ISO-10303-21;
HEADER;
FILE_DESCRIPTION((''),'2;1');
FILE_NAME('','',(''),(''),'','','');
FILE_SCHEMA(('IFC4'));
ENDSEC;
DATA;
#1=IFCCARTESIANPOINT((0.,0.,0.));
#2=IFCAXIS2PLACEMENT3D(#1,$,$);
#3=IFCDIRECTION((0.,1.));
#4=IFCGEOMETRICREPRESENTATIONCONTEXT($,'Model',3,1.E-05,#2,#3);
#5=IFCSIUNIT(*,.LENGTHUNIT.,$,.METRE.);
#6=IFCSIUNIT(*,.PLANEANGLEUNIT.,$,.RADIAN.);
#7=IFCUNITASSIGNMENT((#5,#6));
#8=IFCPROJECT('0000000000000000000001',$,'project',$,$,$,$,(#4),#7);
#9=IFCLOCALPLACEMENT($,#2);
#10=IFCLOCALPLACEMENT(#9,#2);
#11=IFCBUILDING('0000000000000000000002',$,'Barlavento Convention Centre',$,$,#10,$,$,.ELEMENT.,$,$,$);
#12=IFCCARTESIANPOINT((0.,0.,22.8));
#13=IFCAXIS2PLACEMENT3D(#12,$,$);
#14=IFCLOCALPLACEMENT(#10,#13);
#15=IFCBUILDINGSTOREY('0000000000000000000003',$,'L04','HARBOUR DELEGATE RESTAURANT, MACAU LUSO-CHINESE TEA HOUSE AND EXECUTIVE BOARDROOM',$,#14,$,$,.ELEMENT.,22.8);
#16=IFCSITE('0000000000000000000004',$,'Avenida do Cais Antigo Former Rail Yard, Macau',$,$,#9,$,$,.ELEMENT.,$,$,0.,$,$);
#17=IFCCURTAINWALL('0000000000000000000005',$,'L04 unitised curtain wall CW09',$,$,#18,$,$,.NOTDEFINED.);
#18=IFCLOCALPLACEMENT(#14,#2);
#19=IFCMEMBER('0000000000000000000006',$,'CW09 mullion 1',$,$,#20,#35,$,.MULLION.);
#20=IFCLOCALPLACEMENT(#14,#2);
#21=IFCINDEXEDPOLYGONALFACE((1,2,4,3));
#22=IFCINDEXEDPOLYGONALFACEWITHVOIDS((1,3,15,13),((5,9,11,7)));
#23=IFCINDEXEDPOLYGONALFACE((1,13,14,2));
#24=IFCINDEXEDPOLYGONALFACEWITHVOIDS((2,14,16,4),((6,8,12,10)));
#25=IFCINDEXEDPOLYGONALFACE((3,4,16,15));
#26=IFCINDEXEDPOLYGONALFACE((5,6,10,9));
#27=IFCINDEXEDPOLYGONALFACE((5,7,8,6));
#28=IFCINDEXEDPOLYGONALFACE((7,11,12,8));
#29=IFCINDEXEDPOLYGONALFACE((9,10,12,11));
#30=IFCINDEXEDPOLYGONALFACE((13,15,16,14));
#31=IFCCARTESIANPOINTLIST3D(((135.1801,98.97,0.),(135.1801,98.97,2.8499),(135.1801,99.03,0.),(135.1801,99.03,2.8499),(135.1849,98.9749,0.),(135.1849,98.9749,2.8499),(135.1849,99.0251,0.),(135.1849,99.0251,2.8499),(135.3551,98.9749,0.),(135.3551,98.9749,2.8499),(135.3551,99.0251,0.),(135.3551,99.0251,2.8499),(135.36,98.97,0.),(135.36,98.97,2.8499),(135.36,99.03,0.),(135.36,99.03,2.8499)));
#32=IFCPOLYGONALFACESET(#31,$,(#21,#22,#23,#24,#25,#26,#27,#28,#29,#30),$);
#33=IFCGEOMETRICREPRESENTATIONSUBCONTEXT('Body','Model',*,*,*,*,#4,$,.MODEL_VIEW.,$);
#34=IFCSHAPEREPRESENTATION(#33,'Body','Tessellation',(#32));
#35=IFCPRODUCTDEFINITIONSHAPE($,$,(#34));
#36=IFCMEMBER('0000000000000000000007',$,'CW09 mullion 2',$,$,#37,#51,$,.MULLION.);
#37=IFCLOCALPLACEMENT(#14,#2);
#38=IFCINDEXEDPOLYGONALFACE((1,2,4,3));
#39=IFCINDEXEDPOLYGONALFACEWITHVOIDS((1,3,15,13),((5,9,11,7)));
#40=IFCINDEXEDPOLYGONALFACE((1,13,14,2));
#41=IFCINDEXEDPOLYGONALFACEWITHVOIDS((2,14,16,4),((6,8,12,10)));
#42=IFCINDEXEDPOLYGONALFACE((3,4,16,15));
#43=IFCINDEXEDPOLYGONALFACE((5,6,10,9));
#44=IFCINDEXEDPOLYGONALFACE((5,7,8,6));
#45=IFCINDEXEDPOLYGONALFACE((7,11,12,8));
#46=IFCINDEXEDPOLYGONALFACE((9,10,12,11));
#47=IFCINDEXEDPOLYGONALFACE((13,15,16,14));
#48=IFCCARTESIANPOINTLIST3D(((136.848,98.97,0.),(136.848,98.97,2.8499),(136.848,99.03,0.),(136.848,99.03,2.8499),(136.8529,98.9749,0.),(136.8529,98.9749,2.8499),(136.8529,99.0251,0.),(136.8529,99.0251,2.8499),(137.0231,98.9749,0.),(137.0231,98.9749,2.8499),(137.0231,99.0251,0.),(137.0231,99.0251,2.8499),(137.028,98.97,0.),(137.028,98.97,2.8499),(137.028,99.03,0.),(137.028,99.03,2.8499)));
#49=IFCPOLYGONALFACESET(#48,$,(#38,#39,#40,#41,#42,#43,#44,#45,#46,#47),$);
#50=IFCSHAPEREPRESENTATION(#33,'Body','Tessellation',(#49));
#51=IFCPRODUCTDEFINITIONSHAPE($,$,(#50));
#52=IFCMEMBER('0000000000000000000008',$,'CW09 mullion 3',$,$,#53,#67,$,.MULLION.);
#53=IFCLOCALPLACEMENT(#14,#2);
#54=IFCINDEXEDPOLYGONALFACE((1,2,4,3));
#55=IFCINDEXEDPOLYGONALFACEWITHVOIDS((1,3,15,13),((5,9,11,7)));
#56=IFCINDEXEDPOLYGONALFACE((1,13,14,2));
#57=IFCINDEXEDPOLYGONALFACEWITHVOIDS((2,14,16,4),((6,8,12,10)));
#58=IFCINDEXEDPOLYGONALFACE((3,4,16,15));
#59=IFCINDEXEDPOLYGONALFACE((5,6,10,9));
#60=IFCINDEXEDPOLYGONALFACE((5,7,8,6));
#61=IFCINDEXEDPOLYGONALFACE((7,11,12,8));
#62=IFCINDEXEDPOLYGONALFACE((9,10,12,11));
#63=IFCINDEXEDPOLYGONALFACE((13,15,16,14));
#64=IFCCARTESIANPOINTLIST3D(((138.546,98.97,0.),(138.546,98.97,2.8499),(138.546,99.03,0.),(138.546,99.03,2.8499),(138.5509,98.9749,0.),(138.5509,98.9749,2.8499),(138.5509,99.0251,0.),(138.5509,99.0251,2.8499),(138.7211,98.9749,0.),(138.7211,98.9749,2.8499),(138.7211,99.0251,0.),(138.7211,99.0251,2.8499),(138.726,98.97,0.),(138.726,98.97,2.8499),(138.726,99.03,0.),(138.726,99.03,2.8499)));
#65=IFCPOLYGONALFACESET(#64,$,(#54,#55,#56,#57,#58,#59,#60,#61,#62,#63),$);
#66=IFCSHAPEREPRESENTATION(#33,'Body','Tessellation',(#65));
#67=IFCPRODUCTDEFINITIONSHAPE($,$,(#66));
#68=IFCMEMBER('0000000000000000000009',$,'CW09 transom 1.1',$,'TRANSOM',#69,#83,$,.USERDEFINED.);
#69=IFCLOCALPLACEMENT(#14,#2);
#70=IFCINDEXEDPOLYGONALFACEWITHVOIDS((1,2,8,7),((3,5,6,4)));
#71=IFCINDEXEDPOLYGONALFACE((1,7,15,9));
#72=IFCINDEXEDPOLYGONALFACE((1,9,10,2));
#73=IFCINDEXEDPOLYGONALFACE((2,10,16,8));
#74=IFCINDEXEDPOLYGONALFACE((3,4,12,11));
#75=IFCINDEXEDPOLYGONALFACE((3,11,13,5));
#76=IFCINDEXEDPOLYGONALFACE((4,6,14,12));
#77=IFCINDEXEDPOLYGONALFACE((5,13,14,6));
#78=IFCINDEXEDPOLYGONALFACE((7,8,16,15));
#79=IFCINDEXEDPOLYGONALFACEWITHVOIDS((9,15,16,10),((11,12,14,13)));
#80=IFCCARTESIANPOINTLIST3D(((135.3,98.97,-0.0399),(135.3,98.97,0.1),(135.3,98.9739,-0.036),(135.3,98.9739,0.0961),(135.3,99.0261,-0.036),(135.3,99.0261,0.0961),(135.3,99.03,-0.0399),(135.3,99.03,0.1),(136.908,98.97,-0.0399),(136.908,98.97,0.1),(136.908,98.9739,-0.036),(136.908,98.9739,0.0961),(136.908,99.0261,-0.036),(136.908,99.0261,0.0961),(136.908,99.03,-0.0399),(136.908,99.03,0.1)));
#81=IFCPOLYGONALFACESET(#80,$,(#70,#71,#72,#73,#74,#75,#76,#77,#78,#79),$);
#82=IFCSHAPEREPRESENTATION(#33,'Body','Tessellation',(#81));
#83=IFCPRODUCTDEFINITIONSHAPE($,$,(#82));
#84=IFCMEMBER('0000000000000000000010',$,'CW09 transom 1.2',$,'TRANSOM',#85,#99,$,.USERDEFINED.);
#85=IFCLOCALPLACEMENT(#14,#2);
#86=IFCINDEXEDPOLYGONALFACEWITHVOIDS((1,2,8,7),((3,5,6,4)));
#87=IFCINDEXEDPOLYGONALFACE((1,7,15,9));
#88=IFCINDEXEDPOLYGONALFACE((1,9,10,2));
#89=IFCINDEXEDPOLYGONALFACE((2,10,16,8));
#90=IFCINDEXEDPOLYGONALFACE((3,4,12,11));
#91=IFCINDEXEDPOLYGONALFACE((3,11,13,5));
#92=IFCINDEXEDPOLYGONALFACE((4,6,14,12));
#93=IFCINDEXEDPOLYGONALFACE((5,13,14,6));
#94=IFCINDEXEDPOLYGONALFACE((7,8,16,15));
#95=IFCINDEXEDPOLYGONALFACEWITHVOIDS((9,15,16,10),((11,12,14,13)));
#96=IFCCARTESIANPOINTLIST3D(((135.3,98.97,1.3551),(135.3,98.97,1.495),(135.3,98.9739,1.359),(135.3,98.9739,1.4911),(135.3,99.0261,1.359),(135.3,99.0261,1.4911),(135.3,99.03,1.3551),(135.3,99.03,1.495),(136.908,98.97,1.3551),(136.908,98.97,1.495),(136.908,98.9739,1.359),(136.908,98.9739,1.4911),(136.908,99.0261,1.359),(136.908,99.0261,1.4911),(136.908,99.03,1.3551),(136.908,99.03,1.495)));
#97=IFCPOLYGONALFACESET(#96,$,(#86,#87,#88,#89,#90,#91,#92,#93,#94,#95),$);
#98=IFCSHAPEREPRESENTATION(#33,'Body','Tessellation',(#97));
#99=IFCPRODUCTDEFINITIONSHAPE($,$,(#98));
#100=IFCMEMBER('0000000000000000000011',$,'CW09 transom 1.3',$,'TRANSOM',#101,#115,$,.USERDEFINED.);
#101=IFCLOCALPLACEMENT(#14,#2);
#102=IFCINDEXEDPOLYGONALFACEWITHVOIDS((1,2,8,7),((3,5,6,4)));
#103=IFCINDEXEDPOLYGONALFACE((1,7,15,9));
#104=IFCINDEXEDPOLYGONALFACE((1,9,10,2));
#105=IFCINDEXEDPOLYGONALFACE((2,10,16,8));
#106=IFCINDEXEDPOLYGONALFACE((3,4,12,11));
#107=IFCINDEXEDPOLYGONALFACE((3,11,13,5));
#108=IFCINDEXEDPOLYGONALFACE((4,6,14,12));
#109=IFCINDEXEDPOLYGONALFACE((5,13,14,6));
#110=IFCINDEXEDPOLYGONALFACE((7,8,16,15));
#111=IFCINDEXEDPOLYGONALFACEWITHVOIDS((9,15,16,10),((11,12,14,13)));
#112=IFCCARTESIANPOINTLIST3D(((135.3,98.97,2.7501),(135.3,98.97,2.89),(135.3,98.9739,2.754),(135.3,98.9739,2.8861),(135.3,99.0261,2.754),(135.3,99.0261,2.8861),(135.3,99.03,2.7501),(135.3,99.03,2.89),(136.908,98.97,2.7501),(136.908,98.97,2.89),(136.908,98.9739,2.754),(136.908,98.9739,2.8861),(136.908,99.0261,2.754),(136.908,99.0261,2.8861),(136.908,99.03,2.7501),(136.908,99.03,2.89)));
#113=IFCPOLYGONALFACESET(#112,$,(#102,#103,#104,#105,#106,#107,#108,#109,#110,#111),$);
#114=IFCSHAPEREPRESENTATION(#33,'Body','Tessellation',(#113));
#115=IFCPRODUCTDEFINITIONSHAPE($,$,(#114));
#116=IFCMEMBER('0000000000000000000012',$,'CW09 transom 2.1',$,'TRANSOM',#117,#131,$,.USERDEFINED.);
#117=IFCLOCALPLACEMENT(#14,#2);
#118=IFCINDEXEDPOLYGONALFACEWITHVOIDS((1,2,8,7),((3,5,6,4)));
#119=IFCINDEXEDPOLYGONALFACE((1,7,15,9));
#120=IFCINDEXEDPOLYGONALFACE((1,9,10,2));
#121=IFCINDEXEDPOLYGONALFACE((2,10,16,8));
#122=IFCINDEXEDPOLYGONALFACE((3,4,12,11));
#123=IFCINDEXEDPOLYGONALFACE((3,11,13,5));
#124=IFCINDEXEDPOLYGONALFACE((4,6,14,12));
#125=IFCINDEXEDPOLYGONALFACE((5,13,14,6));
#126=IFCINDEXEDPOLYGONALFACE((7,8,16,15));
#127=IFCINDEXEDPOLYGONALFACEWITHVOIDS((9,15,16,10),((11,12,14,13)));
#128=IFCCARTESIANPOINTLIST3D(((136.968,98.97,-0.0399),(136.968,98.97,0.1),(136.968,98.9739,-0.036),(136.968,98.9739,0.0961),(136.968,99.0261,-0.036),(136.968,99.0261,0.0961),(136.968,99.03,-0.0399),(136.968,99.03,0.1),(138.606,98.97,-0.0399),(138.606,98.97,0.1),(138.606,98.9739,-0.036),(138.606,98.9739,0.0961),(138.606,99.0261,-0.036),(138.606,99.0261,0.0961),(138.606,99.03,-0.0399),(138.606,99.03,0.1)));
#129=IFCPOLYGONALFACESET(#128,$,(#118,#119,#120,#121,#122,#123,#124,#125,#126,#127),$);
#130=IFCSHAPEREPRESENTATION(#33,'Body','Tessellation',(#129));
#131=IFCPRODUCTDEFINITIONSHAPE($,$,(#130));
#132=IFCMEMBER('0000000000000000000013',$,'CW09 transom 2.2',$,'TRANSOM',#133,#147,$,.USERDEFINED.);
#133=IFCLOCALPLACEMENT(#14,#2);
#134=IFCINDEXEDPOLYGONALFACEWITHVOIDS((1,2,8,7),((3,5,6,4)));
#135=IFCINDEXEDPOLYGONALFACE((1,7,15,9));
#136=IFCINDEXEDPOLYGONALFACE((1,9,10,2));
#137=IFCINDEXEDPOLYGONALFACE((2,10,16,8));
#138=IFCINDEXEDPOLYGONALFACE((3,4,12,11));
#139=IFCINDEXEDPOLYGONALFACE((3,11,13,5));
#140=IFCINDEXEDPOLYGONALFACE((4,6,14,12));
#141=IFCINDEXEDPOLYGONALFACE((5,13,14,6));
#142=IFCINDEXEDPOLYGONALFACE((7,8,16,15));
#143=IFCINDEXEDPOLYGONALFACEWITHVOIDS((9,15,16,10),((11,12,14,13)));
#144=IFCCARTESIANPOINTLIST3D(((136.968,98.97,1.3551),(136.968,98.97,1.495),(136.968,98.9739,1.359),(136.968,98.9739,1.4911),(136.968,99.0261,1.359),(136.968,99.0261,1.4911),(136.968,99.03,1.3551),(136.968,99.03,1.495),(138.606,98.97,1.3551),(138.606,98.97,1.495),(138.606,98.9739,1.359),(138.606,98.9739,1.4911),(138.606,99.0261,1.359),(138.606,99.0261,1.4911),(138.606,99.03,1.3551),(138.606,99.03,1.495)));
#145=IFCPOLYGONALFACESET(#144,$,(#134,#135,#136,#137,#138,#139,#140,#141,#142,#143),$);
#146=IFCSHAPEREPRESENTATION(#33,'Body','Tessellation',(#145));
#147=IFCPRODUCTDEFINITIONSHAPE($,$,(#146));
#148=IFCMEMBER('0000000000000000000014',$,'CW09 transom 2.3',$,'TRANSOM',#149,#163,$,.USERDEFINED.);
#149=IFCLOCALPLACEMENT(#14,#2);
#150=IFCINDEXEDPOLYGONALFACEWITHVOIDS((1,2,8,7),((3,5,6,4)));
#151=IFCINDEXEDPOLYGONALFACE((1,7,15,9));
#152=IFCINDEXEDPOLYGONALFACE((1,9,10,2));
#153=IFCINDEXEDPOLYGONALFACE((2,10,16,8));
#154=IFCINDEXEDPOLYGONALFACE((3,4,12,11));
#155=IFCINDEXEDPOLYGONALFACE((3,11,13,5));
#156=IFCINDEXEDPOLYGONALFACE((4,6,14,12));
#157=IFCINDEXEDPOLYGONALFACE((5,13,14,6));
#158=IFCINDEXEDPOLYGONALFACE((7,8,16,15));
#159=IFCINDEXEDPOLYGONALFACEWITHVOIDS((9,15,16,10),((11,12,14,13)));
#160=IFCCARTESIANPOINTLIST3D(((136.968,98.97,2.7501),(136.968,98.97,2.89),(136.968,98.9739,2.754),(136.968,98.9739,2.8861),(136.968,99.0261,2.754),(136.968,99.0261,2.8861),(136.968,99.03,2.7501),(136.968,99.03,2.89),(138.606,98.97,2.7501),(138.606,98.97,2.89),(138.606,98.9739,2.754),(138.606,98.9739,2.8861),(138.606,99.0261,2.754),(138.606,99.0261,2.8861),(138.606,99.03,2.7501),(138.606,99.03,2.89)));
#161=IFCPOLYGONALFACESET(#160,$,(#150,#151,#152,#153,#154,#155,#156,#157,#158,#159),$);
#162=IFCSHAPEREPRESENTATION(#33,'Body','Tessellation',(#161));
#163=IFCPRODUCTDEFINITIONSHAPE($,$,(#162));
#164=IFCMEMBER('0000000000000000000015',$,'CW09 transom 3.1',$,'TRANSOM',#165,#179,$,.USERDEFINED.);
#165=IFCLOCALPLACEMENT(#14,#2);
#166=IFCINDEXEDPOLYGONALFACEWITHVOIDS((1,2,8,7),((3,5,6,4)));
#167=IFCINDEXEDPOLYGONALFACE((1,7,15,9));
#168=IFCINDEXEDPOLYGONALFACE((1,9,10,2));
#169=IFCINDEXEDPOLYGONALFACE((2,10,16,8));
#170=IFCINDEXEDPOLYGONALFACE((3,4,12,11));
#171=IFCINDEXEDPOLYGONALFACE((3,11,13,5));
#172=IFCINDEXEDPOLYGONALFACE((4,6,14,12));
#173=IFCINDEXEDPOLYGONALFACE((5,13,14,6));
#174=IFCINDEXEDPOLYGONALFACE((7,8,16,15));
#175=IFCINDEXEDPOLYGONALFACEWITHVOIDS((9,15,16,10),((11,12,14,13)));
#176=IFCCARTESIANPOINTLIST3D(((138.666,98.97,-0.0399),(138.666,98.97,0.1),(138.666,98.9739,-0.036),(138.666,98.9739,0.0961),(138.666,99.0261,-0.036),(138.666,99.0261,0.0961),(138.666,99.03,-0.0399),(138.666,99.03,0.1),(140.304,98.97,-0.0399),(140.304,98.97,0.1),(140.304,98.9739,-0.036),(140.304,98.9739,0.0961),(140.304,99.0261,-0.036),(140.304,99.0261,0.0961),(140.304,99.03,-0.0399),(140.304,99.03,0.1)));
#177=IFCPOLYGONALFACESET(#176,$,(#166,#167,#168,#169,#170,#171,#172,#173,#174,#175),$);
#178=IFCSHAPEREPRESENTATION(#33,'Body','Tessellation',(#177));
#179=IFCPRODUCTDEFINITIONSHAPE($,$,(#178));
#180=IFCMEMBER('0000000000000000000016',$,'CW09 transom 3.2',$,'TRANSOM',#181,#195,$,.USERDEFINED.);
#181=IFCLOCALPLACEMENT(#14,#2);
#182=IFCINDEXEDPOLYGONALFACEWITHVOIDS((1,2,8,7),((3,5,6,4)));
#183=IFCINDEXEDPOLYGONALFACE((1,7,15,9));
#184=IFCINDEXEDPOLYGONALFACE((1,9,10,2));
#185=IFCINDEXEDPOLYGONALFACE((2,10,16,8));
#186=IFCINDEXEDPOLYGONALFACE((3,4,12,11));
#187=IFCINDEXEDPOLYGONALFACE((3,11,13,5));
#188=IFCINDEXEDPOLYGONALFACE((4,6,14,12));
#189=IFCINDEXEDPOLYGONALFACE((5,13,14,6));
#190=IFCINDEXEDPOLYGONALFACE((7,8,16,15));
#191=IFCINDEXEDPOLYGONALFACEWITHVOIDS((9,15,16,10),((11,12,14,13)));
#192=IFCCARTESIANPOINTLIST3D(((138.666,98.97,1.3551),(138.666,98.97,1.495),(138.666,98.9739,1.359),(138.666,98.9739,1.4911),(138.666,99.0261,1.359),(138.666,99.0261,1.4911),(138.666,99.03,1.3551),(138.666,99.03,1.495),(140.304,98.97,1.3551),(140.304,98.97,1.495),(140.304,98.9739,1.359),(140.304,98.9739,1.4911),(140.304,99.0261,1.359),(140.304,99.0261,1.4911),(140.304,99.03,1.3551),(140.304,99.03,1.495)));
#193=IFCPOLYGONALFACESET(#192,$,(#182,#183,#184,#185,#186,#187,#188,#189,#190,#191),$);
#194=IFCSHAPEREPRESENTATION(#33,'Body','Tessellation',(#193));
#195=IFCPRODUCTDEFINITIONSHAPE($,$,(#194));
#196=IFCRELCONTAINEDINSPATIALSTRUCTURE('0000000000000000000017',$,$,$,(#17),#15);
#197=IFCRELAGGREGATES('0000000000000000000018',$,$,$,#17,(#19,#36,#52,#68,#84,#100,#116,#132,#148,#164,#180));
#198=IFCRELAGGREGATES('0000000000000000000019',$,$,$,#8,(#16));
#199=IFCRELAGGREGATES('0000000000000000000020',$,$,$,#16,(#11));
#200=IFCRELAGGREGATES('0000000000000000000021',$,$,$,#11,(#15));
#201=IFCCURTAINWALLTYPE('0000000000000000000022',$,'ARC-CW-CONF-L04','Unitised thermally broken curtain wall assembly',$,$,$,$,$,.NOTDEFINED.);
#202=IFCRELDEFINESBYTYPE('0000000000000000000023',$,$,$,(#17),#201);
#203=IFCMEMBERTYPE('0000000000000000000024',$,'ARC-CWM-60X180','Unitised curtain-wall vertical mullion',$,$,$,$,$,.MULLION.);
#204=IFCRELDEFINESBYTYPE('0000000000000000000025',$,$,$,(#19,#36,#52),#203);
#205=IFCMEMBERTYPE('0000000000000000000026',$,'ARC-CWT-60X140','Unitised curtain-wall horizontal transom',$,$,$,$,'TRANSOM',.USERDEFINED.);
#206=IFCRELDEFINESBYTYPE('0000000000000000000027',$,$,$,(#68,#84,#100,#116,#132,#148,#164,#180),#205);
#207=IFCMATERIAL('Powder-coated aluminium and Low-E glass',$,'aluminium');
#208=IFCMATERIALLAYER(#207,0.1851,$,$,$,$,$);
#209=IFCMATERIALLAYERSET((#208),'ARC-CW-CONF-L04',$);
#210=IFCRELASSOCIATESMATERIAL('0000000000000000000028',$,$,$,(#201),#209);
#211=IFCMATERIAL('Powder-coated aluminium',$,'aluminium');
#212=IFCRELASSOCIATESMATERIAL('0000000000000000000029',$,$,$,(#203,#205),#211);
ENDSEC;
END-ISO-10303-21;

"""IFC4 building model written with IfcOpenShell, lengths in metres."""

from ifc_helpers import new_model, si_unit, direction, frame, origin, origin_2d, place, context, subcontext, project, spatial, hollow_rectangle, extrude, material, layer, layer_set, material_profile, profile_set, type_object, element, aggregate, save


model = new_model("IFC4")

# Units and contexts
model_context = context("Model", 3, precision=1e-05, world=origin(), true_north=direction((0.0, 1.0)))
body_context = subcontext(model_context, "Body", "Model", "MODEL_VIEW")
ifc_project = project(units=[si_unit("LENGTHUNIT", "METRE"), si_unit("PLANEANGLEUNIT", "RADIAN")], contexts=[model_context])

# Site, building, storey
site_placement = place(None, origin())
site = spatial("IfcSite", under=ifc_project, at=site_placement, Name="Avenida do Cais Antigo Former Rail Yard, Macau", CompositionType="ELEMENT", RefElevation=0.0)
building_placement = place(site_placement, origin())
building = spatial("IfcBuilding", under=site, at=building_placement, Name="Barlavento Convention Centre", CompositionType="ELEMENT")
storey_placement = place(building_placement, frame((0.0, 0.0, 22.8)))
storey = spatial("IfcBuildingStorey", under=building, at=storey_placement, Name="L04", Description="HARBOUR DELEGATE RESTAURANT, MACAU LUSO-CHINESE TEA HOUSE AND EXECUTIVE BOARDROOM", CompositionType="ELEMENT", Elevation=22.8)

# Curtain wall, members
ifc_material_1 = material(Name="Powder-coated aluminium and Low-E glass", Category="aluminium")
ifc_layer_1 = layer(ifc_material_1, 0.1851)
ifc_layer_set_1 = layer_set([ifc_layer_1], Name="ARC-CW-CONF-L04")
curtain_wall_type = type_object("IfcCurtainWallType", Name="ARC-CW-CONF-L04", Description="Unitised thermally broken curtain wall assembly", PredefinedType="NOTDEFINED", material=ifc_layer_set_1)
curtain_wall_placement = place(storey_placement, origin())
curtain_wall = element("IfcCurtainWall", 1, at=curtain_wall_placement, inside=storey, type_object=curtain_wall_type, Name="L04 unitised curtain wall CW09", PredefinedType="NOTDEFINED")
ifc_material_2 = material(Name="Powder-coated aluminium", Category="aluminium")
ifc_material_profile_1 = material_profile(ifc_material_2, hollow_rectangle(XDim=0.0601, YDim=0.1799, WallThickness=0.0049, at=origin_2d()), Name="AL-MULL 60x180x5")
ifc_profile_set_1 = profile_set([ifc_material_profile_1], Name="Powder-coated aluminium")
member_type_1 = type_object("IfcMemberType", Name="ARC-CWM-60X180", Description="Unitised curtain-wall vertical mullion", PredefinedType="MULLION", material=ifc_profile_set_1)
member_1_placement = place(storey_placement, frame((135.27, 99.0, 0.0), z_axis=(0.0, 0.0, 1.0), x_axis=(0.0, 1.0, 0.0)))
member_1 = element("IfcMember", 2, at=member_1_placement, type_object=member_type_1, Name="CW09 mullion 1", PredefinedType="MULLION", context=body_context, shape_type="SweptSolid", body=[
    extrude(hollow_rectangle(XDim=0.0601, YDim=0.1799, WallThickness=0.0049, at=origin_2d()), origin(), (0.0, 0.0, 1.0), 2.8499),
])
member_2_placement = place(storey_placement, frame((136.938, 99.0, 0.0), z_axis=(0.0, 0.0, 1.0), x_axis=(0.0, 1.0, 0.0)))
member_2 = element("IfcMember", 3, at=member_2_placement, type_object=member_type_1, Name="CW09 mullion 2", PredefinedType="MULLION", context=body_context, shape_type="SweptSolid", body=[
    extrude(hollow_rectangle(XDim=0.0601, YDim=0.1799, WallThickness=0.0049, at=origin_2d()), origin(), (0.0, 0.0, 1.0), 2.8499),
])
member_3_placement = place(storey_placement, frame((138.636, 99.0, 0.0), z_axis=(0.0, 0.0, 1.0), x_axis=(0.0, 1.0, 0.0)))
member_3 = element("IfcMember", 4, at=member_3_placement, type_object=member_type_1, Name="CW09 mullion 3", PredefinedType="MULLION", context=body_context, shape_type="SweptSolid", body=[
    extrude(hollow_rectangle(XDim=0.0601, YDim=0.1799, WallThickness=0.0049, at=origin_2d()), origin(), (0.0, 0.0, 1.0), 2.8499),
])
ifc_material_profile_2 = material_profile(ifc_material_2, hollow_rectangle(XDim=0.0601, YDim=0.1399, WallThickness=0.0039, at=origin_2d()), Name="AL-TRAN 60x140x4")
ifc_profile_set_2 = profile_set([ifc_material_profile_2], Name="Powder-coated aluminium")
member_type_2 = type_object("IfcMemberType", Name="ARC-CWT-60X140", Description="Unitised curtain-wall horizontal transom", ElementType="TRANSOM", PredefinedType="USERDEFINED", material=ifc_profile_set_2)
member_4_placement = place(storey_placement, frame((135.3, 99.0, 0.03), z_axis=(1.0, 0.0, 0.0), x_axis=(0.0, 1.0, 0.0)))
member_4 = element("IfcMember", 5, at=member_4_placement, type_object=member_type_2, Name="CW09 transom 1.1", ObjectType="TRANSOM", PredefinedType="USERDEFINED", context=body_context, shape_type="SweptSolid", body=[
    extrude(hollow_rectangle(XDim=0.0601, YDim=0.1399, WallThickness=0.0039, at=origin_2d()), origin(), (0.0, 0.0, 1.0), 1.6079),
])
member_5_placement = place(storey_placement, frame((135.3, 99.0, 1.425), z_axis=(1.0, 0.0, 0.0), x_axis=(0.0, 1.0, 0.0)))
member_5 = element("IfcMember", 6, at=member_5_placement, type_object=member_type_2, Name="CW09 transom 1.2", ObjectType="TRANSOM", PredefinedType="USERDEFINED", context=body_context, shape_type="SweptSolid", body=[
    extrude(hollow_rectangle(XDim=0.0601, YDim=0.1399, WallThickness=0.0039, at=origin_2d()), origin(), (0.0, 0.0, 1.0), 1.6079),
])
member_6_placement = place(storey_placement, frame((135.3, 99.0, 2.8201), z_axis=(1.0, 0.0, 0.0), x_axis=(0.0, 1.0, 0.0)))
member_6 = element("IfcMember", 7, at=member_6_placement, type_object=member_type_2, Name="CW09 transom 1.3", ObjectType="TRANSOM", PredefinedType="USERDEFINED", context=body_context, shape_type="SweptSolid", body=[
    extrude(hollow_rectangle(XDim=0.0601, YDim=0.1399, WallThickness=0.0039, at=origin_2d()), origin(), (0.0, 0.0, 1.0), 1.6079),
])
member_7_placement = place(storey_placement, frame((136.968, 99.0, 0.03), z_axis=(1.0, 0.0, 0.0), x_axis=(0.0, 1.0, 0.0)))
member_7 = element("IfcMember", 8, at=member_7_placement, type_object=member_type_2, Name="CW09 transom 2.1", ObjectType="TRANSOM", PredefinedType="USERDEFINED", context=body_context, shape_type="SweptSolid", body=[
    extrude(hollow_rectangle(XDim=0.0601, YDim=0.1399, WallThickness=0.0039, at=origin_2d()), origin(), (0.0, 0.0, 1.0), 1.6379),
])
member_8_placement = place(storey_placement, frame((136.968, 99.0, 1.425), z_axis=(1.0, 0.0, 0.0), x_axis=(0.0, 1.0, 0.0)))
member_8 = element("IfcMember", 9, at=member_8_placement, type_object=member_type_2, Name="CW09 transom 2.2", ObjectType="TRANSOM", PredefinedType="USERDEFINED", context=body_context, shape_type="SweptSolid", body=[
    extrude(hollow_rectangle(XDim=0.0601, YDim=0.1399, WallThickness=0.0039, at=origin_2d()), origin(), (0.0, 0.0, 1.0), 1.6379),
])
member_9_placement = place(storey_placement, frame((136.968, 99.0, 2.8201), z_axis=(1.0, 0.0, 0.0), x_axis=(0.0, 1.0, 0.0)))
member_9 = element("IfcMember", 10, at=member_9_placement, type_object=member_type_2, Name="CW09 transom 2.3", ObjectType="TRANSOM", PredefinedType="USERDEFINED", context=body_context, shape_type="SweptSolid", body=[
    extrude(hollow_rectangle(XDim=0.0601, YDim=0.1399, WallThickness=0.0039, at=origin_2d()), origin(), (0.0, 0.0, 1.0), 1.6379),
])
member_10_placement = place(storey_placement, frame((138.666, 99.0, 0.03), z_axis=(1.0, 0.0, 0.0), x_axis=(0.0, 1.0, 0.0)))
member_10 = element("IfcMember", 11, at=member_10_placement, type_object=member_type_2, Name="CW09 transom 3.1", ObjectType="TRANSOM", PredefinedType="USERDEFINED", context=body_context, shape_type="SweptSolid", body=[
    extrude(hollow_rectangle(XDim=0.0601, YDim=0.1399, WallThickness=0.0039, at=origin_2d()), origin(), (0.0, 0.0, 1.0), 1.6379),
])
member_11_placement = place(storey_placement, frame((138.666, 99.0, 1.425), z_axis=(1.0, 0.0, 0.0), x_axis=(0.0, 1.0, 0.0)))
member_11 = element("IfcMember", 12, at=member_11_placement, type_object=member_type_2, Name="CW09 transom 3.2", ObjectType="TRANSOM", PredefinedType="USERDEFINED", context=body_context, shape_type="SweptSolid", body=[
    extrude(hollow_rectangle(XDim=0.0601, YDim=0.1399, WallThickness=0.0039, at=origin_2d()), origin(), (0.0, 0.0, 1.0), 1.6379),
])

aggregate(curtain_wall, [member_1, member_2, member_3, member_4, member_5, member_6, member_7, member_8, member_9, member_10, member_11])

save(model, "model.ifc")
